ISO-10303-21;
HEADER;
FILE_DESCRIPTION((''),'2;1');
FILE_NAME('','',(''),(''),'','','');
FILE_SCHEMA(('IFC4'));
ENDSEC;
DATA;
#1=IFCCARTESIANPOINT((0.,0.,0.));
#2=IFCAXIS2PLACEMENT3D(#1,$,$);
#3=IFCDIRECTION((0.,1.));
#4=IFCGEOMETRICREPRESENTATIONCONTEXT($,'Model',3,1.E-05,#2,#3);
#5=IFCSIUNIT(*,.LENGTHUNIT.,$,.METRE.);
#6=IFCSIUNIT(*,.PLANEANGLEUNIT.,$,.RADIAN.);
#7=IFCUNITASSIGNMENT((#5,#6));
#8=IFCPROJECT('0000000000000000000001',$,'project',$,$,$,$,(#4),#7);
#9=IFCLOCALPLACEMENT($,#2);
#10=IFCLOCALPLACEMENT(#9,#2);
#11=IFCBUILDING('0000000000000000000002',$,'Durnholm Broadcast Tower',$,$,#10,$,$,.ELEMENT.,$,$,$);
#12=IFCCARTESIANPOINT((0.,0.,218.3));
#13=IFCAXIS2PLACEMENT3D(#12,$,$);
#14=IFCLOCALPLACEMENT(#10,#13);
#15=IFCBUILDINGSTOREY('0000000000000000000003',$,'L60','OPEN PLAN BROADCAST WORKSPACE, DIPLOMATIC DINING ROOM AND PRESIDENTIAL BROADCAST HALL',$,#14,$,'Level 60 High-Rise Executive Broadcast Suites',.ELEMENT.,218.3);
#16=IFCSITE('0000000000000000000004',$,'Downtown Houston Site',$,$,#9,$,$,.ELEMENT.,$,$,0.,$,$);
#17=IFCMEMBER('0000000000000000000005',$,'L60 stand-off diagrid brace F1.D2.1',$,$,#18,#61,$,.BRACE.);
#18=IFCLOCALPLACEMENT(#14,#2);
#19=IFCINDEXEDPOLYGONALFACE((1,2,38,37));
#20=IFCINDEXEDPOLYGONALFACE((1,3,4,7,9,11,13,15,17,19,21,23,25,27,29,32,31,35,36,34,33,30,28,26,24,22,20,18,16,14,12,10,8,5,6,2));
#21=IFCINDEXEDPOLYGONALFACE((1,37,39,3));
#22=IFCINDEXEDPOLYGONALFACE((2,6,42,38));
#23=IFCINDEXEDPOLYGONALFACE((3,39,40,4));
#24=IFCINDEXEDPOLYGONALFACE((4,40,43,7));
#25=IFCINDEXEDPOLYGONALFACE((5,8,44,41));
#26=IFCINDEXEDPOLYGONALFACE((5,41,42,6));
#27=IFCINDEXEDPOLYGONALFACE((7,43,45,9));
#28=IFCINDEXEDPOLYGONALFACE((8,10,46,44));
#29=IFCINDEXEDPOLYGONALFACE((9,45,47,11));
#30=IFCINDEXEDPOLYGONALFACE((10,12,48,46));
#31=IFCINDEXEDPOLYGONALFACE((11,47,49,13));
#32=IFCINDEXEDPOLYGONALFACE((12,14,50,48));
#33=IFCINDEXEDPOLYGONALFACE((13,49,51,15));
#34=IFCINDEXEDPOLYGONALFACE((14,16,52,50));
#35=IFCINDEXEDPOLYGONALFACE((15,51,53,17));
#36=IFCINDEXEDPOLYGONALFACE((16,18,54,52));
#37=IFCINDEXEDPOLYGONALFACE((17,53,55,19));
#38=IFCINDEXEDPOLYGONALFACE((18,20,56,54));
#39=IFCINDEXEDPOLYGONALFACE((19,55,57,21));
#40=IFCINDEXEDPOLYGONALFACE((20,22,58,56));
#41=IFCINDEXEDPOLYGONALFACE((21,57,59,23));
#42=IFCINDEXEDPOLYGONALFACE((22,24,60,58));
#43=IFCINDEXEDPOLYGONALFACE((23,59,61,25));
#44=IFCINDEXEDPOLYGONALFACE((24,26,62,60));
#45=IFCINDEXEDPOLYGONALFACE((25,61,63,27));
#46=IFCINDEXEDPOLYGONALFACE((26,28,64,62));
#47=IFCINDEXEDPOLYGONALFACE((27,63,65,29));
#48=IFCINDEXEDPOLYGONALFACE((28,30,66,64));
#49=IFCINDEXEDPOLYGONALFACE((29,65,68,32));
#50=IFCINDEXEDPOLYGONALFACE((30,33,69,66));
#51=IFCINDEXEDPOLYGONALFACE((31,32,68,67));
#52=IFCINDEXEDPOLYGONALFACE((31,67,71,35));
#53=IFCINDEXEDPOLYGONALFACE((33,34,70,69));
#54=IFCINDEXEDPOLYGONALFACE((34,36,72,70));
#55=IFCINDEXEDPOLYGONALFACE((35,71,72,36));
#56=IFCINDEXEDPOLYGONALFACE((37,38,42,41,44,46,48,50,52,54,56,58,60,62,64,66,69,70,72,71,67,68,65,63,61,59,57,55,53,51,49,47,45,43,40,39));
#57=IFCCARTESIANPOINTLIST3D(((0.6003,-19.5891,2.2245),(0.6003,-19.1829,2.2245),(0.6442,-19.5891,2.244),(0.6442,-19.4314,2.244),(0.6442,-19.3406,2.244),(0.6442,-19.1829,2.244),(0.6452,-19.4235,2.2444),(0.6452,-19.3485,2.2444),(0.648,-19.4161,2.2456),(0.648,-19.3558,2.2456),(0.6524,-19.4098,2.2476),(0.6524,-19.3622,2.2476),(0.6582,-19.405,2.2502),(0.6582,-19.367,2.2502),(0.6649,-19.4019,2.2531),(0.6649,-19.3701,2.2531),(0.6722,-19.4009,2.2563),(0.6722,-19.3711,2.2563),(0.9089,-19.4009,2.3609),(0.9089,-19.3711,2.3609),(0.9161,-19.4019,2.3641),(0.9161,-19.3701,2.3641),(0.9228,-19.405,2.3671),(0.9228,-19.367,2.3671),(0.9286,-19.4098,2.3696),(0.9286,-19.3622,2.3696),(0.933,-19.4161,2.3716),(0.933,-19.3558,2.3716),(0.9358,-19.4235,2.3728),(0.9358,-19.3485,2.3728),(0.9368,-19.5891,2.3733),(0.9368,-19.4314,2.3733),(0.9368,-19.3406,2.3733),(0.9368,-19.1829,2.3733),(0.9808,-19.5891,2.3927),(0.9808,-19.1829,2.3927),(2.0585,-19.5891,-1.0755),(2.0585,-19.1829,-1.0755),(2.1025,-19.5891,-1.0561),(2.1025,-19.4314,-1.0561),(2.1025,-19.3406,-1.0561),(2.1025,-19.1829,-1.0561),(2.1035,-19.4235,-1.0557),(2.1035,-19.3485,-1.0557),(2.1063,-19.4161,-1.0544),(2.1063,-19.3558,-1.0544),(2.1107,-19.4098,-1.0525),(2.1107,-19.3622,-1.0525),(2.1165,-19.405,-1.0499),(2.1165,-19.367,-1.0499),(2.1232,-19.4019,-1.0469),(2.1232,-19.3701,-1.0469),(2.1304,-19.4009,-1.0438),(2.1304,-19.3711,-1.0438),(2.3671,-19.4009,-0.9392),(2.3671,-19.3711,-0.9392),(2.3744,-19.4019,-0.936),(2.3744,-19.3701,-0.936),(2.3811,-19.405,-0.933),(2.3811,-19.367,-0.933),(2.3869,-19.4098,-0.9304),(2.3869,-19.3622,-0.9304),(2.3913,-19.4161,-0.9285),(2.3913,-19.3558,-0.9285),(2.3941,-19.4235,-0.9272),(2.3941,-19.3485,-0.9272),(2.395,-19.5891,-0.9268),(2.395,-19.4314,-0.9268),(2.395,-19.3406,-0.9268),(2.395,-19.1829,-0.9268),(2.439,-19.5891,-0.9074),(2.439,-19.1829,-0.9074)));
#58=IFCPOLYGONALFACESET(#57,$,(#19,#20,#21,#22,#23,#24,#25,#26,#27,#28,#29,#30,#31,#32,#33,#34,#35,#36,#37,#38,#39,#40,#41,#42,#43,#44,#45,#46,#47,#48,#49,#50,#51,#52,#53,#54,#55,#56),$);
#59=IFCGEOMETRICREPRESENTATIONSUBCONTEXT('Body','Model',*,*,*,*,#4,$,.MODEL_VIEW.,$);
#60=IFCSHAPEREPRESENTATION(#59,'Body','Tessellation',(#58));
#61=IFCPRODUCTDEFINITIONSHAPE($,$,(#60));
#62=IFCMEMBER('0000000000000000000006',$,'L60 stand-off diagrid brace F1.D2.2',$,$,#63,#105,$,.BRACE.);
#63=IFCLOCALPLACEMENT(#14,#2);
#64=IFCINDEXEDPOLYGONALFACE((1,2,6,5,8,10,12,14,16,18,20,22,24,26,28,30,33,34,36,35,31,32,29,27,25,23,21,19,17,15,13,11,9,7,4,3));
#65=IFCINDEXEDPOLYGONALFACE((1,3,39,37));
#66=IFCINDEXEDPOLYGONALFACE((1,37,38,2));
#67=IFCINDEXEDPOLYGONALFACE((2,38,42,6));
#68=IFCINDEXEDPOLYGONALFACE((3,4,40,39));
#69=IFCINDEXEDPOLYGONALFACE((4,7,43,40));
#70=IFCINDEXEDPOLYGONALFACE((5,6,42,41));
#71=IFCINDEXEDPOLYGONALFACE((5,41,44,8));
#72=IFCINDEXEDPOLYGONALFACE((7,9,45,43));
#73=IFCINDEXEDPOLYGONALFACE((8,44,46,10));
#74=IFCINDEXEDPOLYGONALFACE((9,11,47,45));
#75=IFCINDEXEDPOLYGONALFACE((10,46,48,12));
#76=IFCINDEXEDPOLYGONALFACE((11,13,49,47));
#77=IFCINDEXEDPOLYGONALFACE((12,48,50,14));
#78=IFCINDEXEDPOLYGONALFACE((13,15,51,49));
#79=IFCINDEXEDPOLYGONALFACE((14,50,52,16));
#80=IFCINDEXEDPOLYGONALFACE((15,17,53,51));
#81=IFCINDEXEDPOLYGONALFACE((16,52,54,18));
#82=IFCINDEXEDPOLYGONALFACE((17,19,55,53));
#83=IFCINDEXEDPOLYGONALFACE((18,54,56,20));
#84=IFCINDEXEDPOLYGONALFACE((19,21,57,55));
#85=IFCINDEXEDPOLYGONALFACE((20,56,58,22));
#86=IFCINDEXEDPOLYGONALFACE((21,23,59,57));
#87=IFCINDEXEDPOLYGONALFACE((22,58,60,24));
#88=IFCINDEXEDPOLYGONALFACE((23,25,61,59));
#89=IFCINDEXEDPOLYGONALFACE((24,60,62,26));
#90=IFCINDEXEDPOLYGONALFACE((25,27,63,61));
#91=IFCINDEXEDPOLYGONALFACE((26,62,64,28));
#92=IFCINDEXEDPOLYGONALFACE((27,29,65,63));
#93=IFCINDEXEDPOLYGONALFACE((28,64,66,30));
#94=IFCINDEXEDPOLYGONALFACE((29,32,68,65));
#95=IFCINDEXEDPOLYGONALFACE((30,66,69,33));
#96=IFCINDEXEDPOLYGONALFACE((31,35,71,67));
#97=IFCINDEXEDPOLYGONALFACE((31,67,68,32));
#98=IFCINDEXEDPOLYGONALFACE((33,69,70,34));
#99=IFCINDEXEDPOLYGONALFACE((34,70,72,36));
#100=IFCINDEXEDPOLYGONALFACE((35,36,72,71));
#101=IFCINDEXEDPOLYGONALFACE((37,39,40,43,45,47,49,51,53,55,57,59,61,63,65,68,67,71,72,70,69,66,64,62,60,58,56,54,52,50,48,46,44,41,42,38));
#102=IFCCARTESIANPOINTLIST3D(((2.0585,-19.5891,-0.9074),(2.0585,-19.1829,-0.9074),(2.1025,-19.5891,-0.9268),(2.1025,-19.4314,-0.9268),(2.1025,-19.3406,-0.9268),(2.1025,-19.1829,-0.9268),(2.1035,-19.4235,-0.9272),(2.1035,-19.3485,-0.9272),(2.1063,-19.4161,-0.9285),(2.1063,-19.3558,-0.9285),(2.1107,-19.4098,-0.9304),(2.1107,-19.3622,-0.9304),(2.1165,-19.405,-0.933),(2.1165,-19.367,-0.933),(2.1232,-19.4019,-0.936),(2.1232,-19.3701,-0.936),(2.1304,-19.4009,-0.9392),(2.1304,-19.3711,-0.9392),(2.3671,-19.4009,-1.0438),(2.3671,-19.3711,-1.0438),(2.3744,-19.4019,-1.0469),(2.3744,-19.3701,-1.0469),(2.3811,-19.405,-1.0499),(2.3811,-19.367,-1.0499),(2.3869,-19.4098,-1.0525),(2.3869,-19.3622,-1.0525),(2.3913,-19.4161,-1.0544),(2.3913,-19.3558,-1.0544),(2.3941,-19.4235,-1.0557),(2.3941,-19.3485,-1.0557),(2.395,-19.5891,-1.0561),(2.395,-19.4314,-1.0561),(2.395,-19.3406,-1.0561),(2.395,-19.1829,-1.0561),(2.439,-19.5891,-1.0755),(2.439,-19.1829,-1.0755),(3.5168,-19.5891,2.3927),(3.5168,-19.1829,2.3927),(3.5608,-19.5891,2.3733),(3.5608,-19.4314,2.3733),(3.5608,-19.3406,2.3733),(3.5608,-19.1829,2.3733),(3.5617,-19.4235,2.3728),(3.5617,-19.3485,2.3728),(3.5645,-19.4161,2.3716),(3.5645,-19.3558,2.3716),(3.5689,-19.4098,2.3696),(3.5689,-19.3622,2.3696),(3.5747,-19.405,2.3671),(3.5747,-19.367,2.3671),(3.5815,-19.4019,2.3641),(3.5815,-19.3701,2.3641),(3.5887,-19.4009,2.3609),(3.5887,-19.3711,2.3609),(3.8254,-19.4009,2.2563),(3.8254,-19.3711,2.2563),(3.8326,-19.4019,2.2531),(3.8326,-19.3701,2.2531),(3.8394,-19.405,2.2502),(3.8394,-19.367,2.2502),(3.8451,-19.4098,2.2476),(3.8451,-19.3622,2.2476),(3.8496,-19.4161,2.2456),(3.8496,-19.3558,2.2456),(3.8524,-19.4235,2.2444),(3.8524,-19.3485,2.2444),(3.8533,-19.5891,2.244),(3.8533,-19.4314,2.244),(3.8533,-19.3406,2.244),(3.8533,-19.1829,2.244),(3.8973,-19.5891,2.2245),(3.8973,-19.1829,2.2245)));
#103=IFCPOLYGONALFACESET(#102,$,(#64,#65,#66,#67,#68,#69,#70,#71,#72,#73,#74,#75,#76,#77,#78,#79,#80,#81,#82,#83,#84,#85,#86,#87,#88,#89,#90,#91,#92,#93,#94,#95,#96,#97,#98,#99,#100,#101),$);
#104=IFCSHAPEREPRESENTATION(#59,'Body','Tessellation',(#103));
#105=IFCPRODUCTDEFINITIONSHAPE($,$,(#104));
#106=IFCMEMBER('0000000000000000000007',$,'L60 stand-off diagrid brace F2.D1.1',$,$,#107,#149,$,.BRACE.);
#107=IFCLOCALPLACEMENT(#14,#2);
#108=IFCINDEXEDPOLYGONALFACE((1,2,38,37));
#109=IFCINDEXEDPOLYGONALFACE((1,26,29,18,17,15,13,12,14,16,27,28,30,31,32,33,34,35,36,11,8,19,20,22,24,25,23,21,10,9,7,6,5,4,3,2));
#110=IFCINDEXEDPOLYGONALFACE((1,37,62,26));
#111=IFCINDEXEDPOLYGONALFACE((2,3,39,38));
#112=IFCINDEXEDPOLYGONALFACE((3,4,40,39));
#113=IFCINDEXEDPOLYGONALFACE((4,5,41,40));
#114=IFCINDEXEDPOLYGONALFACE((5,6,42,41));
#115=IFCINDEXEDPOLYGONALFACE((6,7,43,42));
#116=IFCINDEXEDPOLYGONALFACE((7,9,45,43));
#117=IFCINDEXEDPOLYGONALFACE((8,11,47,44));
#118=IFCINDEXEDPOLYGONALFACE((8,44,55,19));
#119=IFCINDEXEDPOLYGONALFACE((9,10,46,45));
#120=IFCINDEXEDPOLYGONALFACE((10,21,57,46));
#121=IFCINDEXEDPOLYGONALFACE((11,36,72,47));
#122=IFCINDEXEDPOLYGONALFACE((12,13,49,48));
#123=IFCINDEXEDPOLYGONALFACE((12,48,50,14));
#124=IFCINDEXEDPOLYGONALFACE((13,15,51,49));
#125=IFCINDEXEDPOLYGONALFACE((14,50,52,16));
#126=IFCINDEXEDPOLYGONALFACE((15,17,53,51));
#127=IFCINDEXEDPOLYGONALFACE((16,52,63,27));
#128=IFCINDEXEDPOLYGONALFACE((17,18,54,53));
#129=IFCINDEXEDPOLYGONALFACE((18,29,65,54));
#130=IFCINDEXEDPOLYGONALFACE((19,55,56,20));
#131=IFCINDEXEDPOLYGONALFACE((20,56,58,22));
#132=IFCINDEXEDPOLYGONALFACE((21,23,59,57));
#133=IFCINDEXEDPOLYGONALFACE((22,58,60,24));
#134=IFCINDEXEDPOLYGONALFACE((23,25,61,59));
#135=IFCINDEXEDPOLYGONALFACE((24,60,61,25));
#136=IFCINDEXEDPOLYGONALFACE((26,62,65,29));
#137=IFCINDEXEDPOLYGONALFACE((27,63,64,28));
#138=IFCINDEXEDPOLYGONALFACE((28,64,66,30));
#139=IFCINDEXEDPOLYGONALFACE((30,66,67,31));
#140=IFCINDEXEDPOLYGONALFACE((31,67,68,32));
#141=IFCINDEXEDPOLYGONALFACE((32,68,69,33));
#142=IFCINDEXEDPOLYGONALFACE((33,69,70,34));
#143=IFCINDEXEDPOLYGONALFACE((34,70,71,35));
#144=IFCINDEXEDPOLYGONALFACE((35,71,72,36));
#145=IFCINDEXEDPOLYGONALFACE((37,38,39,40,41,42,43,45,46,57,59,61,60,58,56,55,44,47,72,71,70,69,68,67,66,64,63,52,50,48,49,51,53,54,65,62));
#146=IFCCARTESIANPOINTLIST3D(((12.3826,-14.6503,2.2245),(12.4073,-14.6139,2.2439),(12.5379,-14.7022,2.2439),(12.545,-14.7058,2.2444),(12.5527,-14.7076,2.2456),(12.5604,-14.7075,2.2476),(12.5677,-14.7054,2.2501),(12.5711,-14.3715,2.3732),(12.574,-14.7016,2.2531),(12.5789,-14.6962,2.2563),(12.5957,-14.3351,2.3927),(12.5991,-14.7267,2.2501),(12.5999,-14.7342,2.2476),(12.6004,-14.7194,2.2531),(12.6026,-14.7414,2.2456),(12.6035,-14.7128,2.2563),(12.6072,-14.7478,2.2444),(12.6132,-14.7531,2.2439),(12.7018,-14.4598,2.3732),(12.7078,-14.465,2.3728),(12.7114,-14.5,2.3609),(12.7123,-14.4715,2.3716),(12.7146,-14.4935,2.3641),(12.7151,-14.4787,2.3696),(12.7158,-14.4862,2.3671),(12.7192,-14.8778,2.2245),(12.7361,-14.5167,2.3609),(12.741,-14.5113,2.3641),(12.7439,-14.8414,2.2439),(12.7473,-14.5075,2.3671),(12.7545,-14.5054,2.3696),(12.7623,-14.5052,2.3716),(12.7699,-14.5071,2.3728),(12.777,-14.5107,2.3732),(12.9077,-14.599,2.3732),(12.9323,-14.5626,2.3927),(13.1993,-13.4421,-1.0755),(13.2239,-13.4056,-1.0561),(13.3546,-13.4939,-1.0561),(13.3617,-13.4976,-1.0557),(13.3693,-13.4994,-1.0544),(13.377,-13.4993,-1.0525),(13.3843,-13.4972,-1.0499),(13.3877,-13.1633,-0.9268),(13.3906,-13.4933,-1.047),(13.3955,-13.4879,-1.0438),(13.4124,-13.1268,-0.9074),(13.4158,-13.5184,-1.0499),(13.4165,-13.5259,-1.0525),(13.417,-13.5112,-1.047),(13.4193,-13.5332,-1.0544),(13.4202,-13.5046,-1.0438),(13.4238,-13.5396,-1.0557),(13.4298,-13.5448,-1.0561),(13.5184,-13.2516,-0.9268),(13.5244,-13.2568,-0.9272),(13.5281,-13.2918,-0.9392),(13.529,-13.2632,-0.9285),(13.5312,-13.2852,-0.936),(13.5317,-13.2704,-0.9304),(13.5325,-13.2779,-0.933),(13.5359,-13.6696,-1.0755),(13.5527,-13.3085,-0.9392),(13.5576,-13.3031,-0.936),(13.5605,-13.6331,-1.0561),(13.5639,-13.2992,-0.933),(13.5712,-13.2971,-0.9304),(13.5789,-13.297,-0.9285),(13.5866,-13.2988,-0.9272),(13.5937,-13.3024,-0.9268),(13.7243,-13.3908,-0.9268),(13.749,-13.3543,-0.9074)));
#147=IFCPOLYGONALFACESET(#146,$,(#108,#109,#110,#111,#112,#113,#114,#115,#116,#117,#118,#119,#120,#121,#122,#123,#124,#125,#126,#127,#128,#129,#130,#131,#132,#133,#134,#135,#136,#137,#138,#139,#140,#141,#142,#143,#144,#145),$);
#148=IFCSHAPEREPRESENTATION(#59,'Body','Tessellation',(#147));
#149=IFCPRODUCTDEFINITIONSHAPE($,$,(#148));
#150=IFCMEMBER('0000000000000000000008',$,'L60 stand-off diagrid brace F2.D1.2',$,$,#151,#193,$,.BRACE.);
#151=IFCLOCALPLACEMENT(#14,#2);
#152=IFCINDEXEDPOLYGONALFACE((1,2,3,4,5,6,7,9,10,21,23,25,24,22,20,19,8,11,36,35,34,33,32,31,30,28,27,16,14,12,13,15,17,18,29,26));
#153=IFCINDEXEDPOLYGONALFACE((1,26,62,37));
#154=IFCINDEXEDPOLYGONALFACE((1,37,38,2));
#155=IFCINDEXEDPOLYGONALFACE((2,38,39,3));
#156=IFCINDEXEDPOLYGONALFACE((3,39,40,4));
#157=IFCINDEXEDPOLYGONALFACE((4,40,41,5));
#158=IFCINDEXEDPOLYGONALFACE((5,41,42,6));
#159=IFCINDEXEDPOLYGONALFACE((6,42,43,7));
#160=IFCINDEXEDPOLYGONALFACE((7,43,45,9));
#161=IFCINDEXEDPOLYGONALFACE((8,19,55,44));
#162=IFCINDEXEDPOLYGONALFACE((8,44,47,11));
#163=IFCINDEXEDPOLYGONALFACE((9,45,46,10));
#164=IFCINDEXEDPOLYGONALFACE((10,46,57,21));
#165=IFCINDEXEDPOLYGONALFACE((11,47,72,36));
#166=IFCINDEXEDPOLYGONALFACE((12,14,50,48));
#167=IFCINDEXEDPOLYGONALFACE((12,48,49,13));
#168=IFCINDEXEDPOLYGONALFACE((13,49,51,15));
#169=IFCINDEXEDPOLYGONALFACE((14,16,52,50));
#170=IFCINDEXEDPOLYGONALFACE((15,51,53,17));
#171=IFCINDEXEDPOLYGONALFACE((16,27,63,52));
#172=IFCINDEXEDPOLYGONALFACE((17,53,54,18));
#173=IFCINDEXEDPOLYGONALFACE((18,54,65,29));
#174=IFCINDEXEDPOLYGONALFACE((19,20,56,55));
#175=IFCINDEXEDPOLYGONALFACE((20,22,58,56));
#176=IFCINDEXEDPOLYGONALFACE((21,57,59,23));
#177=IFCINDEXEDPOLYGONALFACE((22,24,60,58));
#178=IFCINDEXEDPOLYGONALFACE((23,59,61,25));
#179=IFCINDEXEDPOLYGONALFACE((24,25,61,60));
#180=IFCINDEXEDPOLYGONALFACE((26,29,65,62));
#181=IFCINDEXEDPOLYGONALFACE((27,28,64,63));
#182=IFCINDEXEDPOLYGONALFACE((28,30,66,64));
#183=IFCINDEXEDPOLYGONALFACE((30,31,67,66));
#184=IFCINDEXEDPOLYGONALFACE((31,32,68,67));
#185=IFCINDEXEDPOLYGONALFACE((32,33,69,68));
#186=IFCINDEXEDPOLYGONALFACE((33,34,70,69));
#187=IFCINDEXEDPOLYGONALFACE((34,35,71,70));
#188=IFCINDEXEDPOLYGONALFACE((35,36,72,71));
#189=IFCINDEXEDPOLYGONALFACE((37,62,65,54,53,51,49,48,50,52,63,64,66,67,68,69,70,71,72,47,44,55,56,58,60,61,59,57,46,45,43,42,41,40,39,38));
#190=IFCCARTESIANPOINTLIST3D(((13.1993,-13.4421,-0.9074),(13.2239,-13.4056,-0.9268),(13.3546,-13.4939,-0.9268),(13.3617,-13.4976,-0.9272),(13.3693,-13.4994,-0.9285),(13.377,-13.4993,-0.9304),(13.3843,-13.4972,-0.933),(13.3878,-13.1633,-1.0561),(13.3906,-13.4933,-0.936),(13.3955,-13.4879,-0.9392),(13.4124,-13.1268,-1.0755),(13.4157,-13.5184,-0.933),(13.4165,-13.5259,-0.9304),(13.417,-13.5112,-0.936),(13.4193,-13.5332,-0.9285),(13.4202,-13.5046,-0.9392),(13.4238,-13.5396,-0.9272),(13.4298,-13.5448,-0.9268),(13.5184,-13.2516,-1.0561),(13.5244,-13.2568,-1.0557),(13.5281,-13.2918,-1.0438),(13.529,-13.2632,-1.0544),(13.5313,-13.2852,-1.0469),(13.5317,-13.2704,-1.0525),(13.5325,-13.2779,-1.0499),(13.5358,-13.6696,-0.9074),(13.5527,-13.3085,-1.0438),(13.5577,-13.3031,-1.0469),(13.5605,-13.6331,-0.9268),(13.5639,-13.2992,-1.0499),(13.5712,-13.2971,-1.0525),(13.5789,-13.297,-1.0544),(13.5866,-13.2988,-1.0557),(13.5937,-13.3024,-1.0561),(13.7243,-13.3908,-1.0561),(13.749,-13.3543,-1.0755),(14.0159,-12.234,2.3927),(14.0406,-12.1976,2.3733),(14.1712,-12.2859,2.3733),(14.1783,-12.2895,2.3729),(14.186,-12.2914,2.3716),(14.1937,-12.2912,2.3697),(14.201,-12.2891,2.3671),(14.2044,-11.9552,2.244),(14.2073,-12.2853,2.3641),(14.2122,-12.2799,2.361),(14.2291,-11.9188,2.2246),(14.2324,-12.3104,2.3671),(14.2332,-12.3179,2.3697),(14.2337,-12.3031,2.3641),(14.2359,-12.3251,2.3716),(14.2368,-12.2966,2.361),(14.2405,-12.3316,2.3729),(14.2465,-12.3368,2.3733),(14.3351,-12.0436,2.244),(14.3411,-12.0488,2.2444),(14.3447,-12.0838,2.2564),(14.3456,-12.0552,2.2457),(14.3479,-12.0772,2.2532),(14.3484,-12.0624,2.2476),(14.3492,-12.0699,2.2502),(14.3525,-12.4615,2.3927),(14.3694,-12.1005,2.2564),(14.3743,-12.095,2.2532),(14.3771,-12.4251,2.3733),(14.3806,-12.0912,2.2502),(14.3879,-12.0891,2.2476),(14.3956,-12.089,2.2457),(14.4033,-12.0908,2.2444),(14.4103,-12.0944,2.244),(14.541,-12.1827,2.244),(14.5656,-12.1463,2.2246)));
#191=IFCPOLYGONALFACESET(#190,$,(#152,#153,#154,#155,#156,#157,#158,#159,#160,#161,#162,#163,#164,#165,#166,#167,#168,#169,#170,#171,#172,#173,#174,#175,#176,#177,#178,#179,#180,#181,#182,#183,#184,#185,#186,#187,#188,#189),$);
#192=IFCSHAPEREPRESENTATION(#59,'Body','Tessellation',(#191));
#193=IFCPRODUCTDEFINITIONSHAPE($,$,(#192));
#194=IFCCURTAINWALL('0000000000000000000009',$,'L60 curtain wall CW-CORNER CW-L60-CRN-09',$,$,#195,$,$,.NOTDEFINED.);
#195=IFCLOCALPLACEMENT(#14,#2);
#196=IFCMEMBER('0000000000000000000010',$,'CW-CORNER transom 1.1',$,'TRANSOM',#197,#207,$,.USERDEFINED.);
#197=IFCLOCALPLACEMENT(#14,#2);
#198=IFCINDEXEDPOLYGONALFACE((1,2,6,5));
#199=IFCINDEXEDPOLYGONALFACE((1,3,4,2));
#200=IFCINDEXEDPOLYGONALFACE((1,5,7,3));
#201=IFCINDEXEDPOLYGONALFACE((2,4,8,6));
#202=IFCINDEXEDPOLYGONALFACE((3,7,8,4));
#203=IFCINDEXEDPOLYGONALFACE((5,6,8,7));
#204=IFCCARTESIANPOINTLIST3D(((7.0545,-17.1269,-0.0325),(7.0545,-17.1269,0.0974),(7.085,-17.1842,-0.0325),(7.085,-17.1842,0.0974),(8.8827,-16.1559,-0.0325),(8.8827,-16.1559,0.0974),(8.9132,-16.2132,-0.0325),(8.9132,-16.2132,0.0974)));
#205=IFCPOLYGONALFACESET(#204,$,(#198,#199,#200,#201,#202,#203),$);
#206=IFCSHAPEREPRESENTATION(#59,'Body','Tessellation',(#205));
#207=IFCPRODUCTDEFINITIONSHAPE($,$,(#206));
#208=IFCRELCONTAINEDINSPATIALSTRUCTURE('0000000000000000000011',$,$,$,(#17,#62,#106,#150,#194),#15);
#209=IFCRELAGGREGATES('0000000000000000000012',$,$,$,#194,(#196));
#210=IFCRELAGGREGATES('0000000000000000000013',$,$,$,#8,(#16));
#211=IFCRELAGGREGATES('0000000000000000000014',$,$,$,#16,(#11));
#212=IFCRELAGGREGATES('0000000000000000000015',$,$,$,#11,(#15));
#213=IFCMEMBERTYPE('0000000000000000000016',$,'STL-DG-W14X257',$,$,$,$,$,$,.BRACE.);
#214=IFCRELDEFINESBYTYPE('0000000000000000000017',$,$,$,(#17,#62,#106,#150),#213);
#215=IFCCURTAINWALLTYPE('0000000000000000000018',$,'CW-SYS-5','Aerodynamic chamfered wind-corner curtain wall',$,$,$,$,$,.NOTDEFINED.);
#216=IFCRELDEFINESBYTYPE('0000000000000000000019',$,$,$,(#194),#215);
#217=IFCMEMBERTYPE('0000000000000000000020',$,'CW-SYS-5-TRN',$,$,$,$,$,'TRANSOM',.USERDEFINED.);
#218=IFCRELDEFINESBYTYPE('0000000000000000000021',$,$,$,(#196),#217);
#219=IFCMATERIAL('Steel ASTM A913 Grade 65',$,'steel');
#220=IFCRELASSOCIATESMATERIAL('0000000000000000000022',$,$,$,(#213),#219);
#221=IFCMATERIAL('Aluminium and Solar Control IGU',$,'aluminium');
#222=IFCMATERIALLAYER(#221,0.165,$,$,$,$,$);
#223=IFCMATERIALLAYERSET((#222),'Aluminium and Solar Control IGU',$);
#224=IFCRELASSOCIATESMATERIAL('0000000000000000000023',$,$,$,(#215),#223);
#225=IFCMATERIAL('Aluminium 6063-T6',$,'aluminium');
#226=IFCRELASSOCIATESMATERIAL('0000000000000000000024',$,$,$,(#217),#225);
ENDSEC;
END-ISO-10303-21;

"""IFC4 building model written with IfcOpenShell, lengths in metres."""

from ifc_helpers import new_model, si_unit, direction, frame, origin, origin_2d, place, context, subcontext, project, spatial, rectangle, i_section, extrude, source, transform, mapped, material, layer, layer_set, material_profile, profile_set, type_object, type_shapes, element, aggregate, save


model = new_model("IFC4")

# Units and contexts
model_context = context("Model", 3, precision=1e-05, world=origin(), true_north=direction((0.0, 1.0)))
body_context = subcontext(model_context, "Body", "Model", "MODEL_VIEW")
ifc_project = project(units=[si_unit("LENGTHUNIT", "METRE"), si_unit("PLANEANGLEUNIT", "RADIAN")], contexts=[model_context])

# Site, building, storey
site_placement = place(None, origin())
site = spatial("IfcSite", under=ifc_project, at=site_placement, Name="Downtown Houston Site", CompositionType="ELEMENT", RefElevation=0.0)
building_placement = place(site_placement, origin())
building = spatial("IfcBuilding", under=site, at=building_placement, Name="Durnholm Broadcast Tower", CompositionType="ELEMENT")
storey_placement = place(building_placement, frame((0.0, 0.0, 218.3)))
storey = spatial("IfcBuildingStorey", under=building, at=storey_placement, Name="L60", Description="OPEN PLAN BROADCAST WORKSPACE, DIPLOMATIC DINING ROOM AND PRESIDENTIAL BROADCAST HALL", LongName="Level 60 High-Rise Executive Broadcast Suites", CompositionType="ELEMENT", Elevation=218.3)

# Members
ifc_material_1 = material(Name="Steel ASTM A913 Grade 65", Category="steel")
ifc_material_profile_1 = material_profile(ifc_material_1, i_section(OverallWidth=0.4062, OverallDepth=0.416, WebThickness=0.0298, FlangeThickness=0.0481, FilletRadius=0.0305, at=origin_2d()), Name="W14X257")
ifc_profile_set_1 = profile_set([ifc_material_profile_1], Name="Steel ASTM A913 Grade 65")
member_type_1 = type_object("IfcMemberType", Name="STL-DG-W14X257", PredefinedType="BRACE", material=ifc_profile_set_1)
shared_shape_1 = source(origin(), body_context, "Body", "SweptSolid", [
    extrude(i_section(OverallWidth=0.4062, OverallDepth=0.416, WebThickness=0.0298, FlangeThickness=0.0481, FilletRadius=0.0305, at=origin_2d()), origin(), (0.0, 0.0, 1.0), 3.6079),
])
type_shapes(member_type_1, [shared_shape_1])
for number, where, z_axis, x_axis, name in (
    (1, (2.2488, -19.386, -0.9915), (-0.404185, 0.0, 0.914677), (0.0, -1.0, 0.0), "L60 stand-off diagrid brace F1.D2.1"),
    (2, (2.2488, -19.386, -0.9915), (0.404185, 0.0, 0.914677), (0.0, 1.0, 0.0), "L60 stand-off diagrid brace F1.D2.2"),
    (3, (13.4741, -13.3982, -0.9915), (-0.226349, -0.334888, 0.914667), (0.828505, -0.559982, 0.0), "L60 stand-off diagrid brace F2.D1.1"),
    (4, (13.4741, -13.3982, -0.9915), (0.226354, 0.334828, 0.914688), (-0.828452, 0.560059, 0.0), "L60 stand-off diagrid brace F2.D1.2"),
):
    element("IfcMember", number, at=place(storey_placement, frame(where, z_axis=z_axis, x_axis=x_axis)), inside=storey, type_object=member_type_1, Name=name, PredefinedType="BRACE", context=body_context, shape_type="MappedRepresentation", body=[
        mapped(shared_shape_1, transform((0.0, 0.0, 0.0), x_axis=(1.0, 0.0, 0.0), y_axis=(0.0, 1.0, 0.0), z_axis=(0.0, 0.0, 1.0), scale=1.0)),
    ])

# Curtain wall, member
ifc_material_2 = material(Name="Aluminium and Solar Control IGU", Category="aluminium")
ifc_layer_1 = layer(ifc_material_2, 0.165)
ifc_layer_set_1 = layer_set([ifc_layer_1], Name="Aluminium and Solar Control IGU")
curtain_wall_type_1 = type_object("IfcCurtainWallType", Name="CW-SYS-5", Description="Aerodynamic chamfered wind-corner curtain wall", PredefinedType="NOTDEFINED", material=ifc_layer_set_1)
curtain_wall_1_placement = place(storey_placement, origin())
curtain_wall_1 = element("IfcCurtainWall", 5, at=curtain_wall_1_placement, inside=storey, type_object=curtain_wall_type_1, Name="L60 curtain wall CW-CORNER CW-L60-CRN-09", PredefinedType="NOTDEFINED")
ifc_material_3 = material(Name="Aluminium 6063-T6", Category="aluminium")
ifc_material_profile_2 = material_profile(ifc_material_3, rectangle(XDim=0.0649, YDim=0.1299, at=origin_2d()), Name="CWT65X130")
ifc_profile_set_2 = profile_set([ifc_material_profile_2], Name="Aluminium 6063-T6")
member_type_2 = type_object("IfcMemberType", Name="CW-SYS-5-TRN", ElementType="TRANSOM", PredefinedType="USERDEFINED", material=ifc_profile_set_2)
shared_shape_2 = source(origin(), body_context, "Body", "SweptSolid", [
    extrude(rectangle(XDim=0.0649, YDim=0.1299, at=origin_2d()), origin(), (0.0, 0.0, 1.0), 2.0701),
])
type_shapes(member_type_2, [shared_shape_2])
member_1_placement = place(storey_placement, frame((8.8979, -16.1846, 0.0325), z_axis=(-0.883165, -0.469063, 0.0), x_axis=(0.469063, -0.883165, 0.0)))
member_1 = element("IfcMember", 6, at=member_1_placement, type_object=member_type_2, Name="CW-CORNER transom 1.1", ObjectType="TRANSOM", PredefinedType="USERDEFINED", context=body_context, shape_type="MappedRepresentation", body=[
    mapped(shared_shape_2, transform((0.0, 0.0, 0.0), x_axis=(1.0, 0.0, 0.0), y_axis=(0.0, 1.0, 0.0), z_axis=(0.0, 0.0, 1.0), scale=1.0)),
])

aggregate(curtain_wall_1, [member_1])

save(model, "model.ifc")
